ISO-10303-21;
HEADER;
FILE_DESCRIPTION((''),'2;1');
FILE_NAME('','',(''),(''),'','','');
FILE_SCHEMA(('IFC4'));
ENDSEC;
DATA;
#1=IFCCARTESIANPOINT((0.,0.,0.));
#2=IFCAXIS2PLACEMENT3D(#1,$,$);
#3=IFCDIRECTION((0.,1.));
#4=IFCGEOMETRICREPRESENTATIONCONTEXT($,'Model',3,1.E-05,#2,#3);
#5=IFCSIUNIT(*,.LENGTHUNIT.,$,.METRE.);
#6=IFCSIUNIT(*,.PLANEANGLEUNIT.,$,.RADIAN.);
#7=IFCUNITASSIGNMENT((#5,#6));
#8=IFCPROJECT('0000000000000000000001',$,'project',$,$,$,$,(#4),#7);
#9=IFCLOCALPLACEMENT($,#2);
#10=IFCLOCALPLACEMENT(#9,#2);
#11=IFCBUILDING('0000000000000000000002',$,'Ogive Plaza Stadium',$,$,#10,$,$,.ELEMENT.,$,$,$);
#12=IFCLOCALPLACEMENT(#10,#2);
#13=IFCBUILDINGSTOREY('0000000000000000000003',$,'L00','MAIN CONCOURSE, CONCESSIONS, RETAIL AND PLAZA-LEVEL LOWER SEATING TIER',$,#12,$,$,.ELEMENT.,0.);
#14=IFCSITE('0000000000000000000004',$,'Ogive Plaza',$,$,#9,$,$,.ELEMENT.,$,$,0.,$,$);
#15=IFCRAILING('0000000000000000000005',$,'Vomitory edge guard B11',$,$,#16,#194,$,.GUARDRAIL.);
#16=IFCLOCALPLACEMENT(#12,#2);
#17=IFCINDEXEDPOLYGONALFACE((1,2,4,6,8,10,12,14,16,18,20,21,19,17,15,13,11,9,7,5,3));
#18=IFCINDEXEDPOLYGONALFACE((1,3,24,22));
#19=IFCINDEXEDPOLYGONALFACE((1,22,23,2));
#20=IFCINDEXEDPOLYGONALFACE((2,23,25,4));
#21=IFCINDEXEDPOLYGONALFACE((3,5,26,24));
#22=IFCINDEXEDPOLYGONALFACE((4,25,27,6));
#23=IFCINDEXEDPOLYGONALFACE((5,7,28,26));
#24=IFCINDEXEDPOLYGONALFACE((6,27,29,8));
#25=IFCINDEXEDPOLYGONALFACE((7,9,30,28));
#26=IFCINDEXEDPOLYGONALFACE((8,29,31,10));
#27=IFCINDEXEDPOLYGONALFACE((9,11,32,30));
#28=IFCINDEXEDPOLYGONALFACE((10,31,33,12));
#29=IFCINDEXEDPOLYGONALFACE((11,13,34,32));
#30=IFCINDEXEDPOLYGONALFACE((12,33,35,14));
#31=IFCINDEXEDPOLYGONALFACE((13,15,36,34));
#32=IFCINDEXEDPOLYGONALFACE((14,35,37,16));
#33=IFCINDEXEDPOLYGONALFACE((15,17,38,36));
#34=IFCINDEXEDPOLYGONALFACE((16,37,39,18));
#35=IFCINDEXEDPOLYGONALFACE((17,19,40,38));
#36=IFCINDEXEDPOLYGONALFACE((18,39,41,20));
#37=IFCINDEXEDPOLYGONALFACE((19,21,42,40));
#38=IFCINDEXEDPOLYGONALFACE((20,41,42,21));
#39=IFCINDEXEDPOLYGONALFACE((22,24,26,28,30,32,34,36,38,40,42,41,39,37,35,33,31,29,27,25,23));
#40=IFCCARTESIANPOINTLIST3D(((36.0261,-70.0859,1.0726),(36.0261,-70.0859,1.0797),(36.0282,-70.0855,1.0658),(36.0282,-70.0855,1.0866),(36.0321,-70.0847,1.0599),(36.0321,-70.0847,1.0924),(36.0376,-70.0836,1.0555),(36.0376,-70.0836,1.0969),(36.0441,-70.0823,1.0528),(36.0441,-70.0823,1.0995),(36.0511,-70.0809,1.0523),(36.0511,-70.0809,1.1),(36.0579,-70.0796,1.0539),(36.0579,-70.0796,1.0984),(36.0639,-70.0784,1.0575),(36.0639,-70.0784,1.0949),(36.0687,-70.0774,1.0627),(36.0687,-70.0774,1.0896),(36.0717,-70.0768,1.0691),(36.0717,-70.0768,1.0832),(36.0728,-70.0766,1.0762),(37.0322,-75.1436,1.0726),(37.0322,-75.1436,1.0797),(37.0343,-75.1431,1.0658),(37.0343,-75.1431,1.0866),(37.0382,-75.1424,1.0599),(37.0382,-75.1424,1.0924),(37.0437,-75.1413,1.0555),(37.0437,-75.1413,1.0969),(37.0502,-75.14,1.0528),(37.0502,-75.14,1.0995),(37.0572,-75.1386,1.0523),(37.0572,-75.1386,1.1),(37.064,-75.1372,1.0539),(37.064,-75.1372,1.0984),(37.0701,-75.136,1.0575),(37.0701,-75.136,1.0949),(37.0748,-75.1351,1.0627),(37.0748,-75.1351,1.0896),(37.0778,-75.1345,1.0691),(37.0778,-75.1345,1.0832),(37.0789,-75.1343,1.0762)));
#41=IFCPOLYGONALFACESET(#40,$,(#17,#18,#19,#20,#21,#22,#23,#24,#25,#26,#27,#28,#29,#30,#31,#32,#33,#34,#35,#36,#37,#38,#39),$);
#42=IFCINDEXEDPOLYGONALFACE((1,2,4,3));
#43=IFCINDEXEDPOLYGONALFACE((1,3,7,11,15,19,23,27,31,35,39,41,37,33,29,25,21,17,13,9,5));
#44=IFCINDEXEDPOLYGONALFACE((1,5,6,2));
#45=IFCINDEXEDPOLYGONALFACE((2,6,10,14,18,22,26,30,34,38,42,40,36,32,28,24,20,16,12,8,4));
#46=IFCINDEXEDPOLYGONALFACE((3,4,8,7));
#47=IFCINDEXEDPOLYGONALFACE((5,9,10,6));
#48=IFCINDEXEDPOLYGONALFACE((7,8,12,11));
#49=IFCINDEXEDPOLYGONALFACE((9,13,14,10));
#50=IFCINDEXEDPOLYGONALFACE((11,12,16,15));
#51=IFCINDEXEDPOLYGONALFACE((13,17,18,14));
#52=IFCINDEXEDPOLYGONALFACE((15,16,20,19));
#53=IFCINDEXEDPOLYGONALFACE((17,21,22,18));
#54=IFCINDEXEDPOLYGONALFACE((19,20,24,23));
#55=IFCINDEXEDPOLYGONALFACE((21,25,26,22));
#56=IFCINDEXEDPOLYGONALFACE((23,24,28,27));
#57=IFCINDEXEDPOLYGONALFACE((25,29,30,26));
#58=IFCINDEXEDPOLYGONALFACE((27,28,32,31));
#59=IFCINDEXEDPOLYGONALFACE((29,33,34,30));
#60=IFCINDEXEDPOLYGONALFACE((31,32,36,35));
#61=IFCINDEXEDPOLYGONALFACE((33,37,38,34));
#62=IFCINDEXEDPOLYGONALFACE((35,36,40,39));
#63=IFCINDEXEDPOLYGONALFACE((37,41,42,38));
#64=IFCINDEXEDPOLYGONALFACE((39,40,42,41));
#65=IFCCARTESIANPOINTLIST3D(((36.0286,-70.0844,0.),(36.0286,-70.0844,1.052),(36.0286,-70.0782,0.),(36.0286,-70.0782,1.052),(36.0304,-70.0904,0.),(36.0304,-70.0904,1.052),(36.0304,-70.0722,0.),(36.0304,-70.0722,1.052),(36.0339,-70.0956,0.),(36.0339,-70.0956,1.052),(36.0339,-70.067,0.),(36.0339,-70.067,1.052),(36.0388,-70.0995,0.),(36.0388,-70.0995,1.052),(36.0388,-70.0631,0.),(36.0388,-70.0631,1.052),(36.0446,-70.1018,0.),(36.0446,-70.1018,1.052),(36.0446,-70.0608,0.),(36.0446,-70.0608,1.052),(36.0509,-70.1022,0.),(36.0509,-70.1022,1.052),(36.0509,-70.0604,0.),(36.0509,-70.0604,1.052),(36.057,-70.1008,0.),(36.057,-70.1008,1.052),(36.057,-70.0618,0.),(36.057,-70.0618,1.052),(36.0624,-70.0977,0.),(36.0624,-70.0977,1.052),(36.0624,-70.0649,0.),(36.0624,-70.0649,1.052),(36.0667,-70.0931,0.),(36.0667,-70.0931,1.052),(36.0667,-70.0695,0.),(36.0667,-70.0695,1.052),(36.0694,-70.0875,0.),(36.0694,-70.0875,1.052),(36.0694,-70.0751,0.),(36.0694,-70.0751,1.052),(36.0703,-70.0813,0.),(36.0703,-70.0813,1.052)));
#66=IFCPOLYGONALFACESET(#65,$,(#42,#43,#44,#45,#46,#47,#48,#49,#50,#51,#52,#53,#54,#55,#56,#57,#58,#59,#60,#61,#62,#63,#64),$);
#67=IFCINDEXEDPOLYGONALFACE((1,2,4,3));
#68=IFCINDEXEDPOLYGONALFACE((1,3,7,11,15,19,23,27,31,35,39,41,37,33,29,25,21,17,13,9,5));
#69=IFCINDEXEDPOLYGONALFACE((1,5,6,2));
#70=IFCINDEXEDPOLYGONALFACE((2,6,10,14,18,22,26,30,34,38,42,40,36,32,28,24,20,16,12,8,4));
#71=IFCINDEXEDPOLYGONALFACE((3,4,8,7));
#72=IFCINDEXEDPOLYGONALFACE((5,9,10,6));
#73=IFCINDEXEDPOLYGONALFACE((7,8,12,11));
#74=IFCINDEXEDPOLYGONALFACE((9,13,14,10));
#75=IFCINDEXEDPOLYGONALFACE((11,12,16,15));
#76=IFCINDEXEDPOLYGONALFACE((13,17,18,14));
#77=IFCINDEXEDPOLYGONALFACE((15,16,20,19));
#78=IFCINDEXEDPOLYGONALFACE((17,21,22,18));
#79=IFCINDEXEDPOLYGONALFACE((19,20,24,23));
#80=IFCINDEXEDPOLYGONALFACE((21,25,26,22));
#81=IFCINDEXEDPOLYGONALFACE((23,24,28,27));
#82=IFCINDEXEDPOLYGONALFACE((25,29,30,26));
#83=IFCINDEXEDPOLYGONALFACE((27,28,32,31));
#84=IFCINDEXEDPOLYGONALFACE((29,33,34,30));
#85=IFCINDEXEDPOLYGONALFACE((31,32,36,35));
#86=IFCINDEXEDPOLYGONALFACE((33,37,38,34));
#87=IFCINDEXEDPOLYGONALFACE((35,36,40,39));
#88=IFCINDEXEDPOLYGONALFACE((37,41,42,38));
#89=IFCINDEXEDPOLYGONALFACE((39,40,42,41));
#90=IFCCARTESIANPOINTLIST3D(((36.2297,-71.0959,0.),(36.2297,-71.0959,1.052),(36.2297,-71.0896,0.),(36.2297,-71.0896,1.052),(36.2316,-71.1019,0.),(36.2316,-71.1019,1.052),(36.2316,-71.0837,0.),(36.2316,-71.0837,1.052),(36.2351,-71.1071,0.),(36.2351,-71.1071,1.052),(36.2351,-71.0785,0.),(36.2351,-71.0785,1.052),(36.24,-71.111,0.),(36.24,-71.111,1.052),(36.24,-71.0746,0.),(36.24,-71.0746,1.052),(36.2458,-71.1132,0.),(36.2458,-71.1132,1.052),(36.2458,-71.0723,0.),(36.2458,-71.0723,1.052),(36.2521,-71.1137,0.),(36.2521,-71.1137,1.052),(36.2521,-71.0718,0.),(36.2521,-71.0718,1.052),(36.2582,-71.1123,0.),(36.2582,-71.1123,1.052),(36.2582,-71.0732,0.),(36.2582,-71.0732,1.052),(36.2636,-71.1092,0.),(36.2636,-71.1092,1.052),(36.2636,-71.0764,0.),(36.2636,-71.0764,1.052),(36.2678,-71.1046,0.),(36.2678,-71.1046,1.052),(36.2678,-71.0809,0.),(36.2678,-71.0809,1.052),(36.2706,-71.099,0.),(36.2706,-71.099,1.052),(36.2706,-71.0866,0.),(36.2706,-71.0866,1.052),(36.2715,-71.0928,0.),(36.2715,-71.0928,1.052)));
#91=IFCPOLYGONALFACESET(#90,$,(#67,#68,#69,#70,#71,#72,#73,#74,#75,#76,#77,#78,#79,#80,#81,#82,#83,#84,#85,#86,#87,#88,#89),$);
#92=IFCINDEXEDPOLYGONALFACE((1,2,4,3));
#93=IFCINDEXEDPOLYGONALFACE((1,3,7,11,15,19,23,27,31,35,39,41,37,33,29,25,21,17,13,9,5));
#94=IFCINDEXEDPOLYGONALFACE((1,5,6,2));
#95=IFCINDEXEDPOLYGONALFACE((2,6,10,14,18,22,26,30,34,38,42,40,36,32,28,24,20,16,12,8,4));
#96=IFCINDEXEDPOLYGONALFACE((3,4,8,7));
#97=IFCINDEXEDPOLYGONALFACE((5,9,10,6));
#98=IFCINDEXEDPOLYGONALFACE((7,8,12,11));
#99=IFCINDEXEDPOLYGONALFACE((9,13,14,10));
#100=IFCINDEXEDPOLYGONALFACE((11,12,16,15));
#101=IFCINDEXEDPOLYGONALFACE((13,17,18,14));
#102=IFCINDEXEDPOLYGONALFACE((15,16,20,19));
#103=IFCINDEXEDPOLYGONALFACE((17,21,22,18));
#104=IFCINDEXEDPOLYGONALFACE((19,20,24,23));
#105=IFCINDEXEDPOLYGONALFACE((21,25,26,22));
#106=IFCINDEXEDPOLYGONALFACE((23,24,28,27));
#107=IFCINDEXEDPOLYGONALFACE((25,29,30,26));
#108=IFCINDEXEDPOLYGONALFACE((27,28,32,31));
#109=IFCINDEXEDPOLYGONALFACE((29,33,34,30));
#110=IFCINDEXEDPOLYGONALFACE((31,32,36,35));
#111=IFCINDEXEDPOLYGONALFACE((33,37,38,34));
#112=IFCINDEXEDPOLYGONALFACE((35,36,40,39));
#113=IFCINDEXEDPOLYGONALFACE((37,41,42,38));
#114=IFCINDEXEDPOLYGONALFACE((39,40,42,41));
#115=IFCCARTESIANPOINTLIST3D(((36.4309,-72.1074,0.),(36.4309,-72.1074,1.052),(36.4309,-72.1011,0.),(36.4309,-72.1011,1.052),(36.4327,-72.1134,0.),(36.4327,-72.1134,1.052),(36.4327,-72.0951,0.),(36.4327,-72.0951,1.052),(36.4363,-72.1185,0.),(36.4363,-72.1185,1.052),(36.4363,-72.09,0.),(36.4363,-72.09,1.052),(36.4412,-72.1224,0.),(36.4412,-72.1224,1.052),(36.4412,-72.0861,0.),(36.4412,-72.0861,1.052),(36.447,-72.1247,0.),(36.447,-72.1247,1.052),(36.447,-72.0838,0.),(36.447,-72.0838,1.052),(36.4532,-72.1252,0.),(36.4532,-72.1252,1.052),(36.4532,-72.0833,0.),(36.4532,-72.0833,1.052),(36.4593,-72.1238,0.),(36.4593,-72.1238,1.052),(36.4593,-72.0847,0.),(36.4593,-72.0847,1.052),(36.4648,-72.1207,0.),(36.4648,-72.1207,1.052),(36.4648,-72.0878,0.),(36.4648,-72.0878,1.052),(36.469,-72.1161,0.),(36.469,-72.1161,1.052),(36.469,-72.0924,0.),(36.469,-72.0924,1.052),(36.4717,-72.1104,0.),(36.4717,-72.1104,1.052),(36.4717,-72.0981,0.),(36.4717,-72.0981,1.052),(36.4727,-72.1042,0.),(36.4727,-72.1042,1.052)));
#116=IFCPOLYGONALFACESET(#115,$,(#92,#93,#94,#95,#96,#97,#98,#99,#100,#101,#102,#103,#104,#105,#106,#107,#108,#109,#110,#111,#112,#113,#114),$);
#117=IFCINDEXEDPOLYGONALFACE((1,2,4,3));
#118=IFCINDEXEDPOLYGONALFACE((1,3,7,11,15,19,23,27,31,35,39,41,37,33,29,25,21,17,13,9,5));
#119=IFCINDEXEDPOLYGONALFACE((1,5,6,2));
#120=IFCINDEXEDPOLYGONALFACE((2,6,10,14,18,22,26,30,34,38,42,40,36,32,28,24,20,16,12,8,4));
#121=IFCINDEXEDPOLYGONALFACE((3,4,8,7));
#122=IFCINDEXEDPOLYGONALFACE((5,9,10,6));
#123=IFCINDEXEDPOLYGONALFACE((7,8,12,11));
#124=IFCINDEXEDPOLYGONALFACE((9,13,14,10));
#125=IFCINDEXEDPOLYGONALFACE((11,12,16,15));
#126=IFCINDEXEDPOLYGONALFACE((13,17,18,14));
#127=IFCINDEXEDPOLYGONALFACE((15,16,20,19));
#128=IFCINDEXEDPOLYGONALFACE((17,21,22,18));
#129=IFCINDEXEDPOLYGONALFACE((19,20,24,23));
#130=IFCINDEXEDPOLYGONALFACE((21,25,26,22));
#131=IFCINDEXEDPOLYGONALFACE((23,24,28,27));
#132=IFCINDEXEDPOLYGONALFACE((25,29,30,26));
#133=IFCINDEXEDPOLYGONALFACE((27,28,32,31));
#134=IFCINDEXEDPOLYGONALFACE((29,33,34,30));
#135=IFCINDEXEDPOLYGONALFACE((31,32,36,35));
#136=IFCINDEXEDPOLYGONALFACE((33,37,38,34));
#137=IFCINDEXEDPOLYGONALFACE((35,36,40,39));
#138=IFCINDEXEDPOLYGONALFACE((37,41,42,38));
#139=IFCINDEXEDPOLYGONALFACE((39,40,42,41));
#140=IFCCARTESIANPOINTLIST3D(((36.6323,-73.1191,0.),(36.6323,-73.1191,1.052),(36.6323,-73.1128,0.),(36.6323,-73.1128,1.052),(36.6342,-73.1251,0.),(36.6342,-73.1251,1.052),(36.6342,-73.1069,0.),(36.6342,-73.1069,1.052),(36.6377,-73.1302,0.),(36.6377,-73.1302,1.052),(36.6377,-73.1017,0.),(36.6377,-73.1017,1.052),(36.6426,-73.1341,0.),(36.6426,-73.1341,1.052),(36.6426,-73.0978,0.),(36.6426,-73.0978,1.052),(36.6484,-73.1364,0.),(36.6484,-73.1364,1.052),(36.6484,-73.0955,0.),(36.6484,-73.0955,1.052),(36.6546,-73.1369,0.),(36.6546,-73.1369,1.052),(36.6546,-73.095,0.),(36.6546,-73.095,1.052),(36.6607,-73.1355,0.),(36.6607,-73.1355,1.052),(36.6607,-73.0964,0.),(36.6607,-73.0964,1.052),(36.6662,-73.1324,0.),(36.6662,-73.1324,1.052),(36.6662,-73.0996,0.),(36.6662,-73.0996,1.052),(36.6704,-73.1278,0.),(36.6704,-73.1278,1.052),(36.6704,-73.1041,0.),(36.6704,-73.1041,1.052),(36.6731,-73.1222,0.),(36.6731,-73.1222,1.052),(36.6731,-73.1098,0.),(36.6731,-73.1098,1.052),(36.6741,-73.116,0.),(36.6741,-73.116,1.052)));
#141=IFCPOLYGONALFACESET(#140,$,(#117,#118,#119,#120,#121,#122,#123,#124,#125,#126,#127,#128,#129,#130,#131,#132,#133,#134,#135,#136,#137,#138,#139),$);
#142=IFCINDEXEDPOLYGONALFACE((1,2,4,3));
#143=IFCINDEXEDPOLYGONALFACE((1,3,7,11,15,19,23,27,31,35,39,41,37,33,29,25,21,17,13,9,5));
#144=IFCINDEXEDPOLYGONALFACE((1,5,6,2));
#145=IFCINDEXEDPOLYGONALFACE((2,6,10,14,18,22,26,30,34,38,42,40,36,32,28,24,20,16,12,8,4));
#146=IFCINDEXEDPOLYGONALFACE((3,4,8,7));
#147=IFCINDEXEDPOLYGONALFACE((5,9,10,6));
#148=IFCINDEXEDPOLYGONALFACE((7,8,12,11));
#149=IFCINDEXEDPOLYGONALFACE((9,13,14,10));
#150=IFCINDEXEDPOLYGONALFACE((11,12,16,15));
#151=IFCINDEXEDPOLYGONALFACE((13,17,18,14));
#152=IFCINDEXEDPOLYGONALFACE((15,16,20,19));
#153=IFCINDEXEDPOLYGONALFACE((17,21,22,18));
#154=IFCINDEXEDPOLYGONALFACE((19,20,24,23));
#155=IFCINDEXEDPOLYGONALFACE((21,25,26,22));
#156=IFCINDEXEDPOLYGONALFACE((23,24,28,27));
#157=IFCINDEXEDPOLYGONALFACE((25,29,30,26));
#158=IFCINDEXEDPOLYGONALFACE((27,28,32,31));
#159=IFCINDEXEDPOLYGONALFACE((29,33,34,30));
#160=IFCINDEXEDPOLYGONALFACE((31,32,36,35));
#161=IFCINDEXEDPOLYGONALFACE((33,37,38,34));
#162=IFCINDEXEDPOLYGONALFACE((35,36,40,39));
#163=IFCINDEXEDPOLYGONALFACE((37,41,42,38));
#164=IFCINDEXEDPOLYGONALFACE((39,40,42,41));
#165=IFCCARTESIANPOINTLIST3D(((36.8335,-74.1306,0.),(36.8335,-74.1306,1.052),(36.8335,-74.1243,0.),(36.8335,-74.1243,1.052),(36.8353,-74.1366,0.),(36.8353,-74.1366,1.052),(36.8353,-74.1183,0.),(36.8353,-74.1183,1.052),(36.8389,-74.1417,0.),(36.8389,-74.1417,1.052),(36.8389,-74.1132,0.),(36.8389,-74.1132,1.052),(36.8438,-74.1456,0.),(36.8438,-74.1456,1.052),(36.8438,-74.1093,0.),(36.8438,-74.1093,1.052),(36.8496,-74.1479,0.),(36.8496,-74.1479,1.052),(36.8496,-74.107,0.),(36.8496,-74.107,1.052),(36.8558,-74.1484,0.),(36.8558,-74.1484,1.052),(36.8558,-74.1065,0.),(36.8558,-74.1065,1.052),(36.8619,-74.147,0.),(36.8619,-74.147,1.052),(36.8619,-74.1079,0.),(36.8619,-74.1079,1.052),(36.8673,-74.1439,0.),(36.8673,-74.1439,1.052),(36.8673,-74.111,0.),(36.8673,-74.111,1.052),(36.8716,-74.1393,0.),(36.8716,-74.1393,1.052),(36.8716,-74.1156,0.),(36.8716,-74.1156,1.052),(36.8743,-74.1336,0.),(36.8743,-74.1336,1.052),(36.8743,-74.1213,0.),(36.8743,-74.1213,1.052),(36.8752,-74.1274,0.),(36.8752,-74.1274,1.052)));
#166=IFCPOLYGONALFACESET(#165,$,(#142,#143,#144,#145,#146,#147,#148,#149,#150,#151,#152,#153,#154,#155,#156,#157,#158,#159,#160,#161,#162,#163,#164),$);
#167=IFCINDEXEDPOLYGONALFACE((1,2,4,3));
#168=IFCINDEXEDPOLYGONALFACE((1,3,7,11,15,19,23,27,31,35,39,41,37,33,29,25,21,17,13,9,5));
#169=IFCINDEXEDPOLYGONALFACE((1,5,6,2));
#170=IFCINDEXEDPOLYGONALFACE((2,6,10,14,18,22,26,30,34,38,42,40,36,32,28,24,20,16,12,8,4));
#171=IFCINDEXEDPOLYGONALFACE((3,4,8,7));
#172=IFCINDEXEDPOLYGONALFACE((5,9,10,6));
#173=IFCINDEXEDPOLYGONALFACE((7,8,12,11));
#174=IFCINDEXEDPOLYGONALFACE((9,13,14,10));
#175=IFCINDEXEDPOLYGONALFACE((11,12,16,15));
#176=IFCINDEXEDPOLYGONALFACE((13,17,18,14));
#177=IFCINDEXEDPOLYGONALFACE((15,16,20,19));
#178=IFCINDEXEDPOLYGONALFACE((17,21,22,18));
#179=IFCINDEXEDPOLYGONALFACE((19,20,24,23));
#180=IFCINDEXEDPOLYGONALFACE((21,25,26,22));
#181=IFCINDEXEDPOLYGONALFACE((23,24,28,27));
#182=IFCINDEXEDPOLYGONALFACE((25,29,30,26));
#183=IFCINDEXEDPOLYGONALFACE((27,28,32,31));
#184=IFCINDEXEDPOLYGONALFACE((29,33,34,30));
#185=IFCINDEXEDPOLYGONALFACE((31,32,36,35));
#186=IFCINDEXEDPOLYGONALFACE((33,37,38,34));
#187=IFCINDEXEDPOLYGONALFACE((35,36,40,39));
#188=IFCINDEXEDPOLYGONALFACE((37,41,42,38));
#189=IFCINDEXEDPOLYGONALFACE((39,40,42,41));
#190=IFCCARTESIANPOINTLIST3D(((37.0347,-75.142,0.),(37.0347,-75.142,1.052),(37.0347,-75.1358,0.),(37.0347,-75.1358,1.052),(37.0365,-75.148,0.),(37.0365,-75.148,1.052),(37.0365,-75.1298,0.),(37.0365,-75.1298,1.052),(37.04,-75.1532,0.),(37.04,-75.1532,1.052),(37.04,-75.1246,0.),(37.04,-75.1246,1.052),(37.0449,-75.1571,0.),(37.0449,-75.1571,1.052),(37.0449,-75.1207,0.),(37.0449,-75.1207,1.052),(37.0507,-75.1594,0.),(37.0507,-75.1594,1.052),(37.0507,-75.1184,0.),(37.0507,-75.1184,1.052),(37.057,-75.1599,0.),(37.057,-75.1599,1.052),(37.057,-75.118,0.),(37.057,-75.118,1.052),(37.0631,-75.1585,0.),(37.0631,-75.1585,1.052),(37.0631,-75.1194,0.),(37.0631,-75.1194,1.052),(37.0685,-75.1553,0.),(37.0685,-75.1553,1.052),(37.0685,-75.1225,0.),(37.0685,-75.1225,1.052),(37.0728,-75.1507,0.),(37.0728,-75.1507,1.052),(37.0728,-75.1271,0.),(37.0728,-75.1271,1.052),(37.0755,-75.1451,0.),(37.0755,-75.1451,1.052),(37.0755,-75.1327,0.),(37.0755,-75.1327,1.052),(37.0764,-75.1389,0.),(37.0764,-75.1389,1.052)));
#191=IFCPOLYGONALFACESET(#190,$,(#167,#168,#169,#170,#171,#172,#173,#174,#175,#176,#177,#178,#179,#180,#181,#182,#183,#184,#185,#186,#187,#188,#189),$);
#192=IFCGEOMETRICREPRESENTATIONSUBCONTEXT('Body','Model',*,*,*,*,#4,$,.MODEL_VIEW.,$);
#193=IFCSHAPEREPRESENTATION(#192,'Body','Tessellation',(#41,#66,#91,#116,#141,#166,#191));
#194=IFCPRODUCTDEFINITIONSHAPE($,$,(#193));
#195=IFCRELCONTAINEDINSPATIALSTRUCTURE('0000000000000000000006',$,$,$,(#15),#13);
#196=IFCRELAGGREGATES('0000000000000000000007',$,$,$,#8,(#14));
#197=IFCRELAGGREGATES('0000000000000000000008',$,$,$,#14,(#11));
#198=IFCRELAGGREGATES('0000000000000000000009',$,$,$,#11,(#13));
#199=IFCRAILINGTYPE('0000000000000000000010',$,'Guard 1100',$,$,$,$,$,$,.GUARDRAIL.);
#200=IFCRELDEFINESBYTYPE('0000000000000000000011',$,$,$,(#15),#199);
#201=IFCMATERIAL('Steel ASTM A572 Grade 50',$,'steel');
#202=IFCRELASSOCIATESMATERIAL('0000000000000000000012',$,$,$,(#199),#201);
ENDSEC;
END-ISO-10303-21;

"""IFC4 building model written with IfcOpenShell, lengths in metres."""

from ifc_helpers import new_model, si_unit, direction, frame, origin, origin_2d, place, context, subcontext, project, spatial, circle, extrude, material, type_object, element, save


model = new_model("IFC4")

# Units and contexts
model_context = context("Model", 3, precision=1e-05, world=origin(), true_north=direction((0.0, 1.0)))
body_context = subcontext(model_context, "Body", "Model", "MODEL_VIEW")
ifc_project = project(units=[si_unit("LENGTHUNIT", "METRE"), si_unit("PLANEANGLEUNIT", "RADIAN")], contexts=[model_context])

# Site, building, storey
site_placement = place(None, origin())
site = spatial("IfcSite", under=ifc_project, at=site_placement, Name="Ogive Plaza", CompositionType="ELEMENT", RefElevation=0.0)
building_placement = place(site_placement, origin())
building = spatial("IfcBuilding", under=site, at=building_placement, Name="Ogive Plaza Stadium", CompositionType="ELEMENT")
storey_placement = place(building_placement, origin())
storey = spatial("IfcBuildingStorey", under=building, at=storey_placement, Name="L00", Description="MAIN CONCOURSE, CONCESSIONS, RETAIL AND PLAZA-LEVEL LOWER SEATING TIER", CompositionType="ELEMENT", Elevation=0.0)

# Railing
ifc_material_1 = material(Name="Steel ASTM A572 Grade 50", Category="steel")
railing_type = type_object("IfcRailingType", Name="Guard 1100", PredefinedType="GUARDRAIL", material=ifc_material_1)
for number, where, name in (
    (1, (36.0493, -70.0813, 0.0), "Vomitory edge guard B11"),
):
    element("IfcRailing", number, at=place(storey_placement, frame(where)), inside=storey, type_object=railing_type, Name=name, PredefinedType="GUARDRAIL", context=body_context, shape_type="SweptSolid", body=[
        extrude(circle(Radius=0.0239, at=origin_2d()), frame((0.0, 0.0, 1.0762), z_axis=(0.195105, -0.980782, 0.0), x_axis=(0.980782, 0.195105, 0.0)), (0.0, 0.0, 1.0), 5.1567),
        extrude(circle(Radius=0.021, at=origin_2d()), origin(), (0.0, 0.0, 1.0), 1.052),
        extrude(circle(Radius=0.021, at=origin_2d()), frame((0.2012, -1.0115, 0.0)), (0.0, 0.0, 1.0), 1.052),
        extrude(circle(Radius=0.021, at=origin_2d()), frame((0.4023, -2.0229, 0.0)), (0.0, 0.0, 1.0), 1.052),
        extrude(circle(Radius=0.021, at=origin_2d()), frame((0.6038, -3.0347, 0.0)), (0.0, 0.0, 1.0), 1.052),
        extrude(circle(Radius=0.021, at=origin_2d()), frame((0.8049, -4.0461, 0.0)), (0.0, 0.0, 1.0), 1.052),
        extrude(circle(Radius=0.021, at=origin_2d()), frame((1.0061, -5.0576, 0.0)), (0.0, 0.0, 1.0), 1.052),
    ])

save(model, "model.ifc")
